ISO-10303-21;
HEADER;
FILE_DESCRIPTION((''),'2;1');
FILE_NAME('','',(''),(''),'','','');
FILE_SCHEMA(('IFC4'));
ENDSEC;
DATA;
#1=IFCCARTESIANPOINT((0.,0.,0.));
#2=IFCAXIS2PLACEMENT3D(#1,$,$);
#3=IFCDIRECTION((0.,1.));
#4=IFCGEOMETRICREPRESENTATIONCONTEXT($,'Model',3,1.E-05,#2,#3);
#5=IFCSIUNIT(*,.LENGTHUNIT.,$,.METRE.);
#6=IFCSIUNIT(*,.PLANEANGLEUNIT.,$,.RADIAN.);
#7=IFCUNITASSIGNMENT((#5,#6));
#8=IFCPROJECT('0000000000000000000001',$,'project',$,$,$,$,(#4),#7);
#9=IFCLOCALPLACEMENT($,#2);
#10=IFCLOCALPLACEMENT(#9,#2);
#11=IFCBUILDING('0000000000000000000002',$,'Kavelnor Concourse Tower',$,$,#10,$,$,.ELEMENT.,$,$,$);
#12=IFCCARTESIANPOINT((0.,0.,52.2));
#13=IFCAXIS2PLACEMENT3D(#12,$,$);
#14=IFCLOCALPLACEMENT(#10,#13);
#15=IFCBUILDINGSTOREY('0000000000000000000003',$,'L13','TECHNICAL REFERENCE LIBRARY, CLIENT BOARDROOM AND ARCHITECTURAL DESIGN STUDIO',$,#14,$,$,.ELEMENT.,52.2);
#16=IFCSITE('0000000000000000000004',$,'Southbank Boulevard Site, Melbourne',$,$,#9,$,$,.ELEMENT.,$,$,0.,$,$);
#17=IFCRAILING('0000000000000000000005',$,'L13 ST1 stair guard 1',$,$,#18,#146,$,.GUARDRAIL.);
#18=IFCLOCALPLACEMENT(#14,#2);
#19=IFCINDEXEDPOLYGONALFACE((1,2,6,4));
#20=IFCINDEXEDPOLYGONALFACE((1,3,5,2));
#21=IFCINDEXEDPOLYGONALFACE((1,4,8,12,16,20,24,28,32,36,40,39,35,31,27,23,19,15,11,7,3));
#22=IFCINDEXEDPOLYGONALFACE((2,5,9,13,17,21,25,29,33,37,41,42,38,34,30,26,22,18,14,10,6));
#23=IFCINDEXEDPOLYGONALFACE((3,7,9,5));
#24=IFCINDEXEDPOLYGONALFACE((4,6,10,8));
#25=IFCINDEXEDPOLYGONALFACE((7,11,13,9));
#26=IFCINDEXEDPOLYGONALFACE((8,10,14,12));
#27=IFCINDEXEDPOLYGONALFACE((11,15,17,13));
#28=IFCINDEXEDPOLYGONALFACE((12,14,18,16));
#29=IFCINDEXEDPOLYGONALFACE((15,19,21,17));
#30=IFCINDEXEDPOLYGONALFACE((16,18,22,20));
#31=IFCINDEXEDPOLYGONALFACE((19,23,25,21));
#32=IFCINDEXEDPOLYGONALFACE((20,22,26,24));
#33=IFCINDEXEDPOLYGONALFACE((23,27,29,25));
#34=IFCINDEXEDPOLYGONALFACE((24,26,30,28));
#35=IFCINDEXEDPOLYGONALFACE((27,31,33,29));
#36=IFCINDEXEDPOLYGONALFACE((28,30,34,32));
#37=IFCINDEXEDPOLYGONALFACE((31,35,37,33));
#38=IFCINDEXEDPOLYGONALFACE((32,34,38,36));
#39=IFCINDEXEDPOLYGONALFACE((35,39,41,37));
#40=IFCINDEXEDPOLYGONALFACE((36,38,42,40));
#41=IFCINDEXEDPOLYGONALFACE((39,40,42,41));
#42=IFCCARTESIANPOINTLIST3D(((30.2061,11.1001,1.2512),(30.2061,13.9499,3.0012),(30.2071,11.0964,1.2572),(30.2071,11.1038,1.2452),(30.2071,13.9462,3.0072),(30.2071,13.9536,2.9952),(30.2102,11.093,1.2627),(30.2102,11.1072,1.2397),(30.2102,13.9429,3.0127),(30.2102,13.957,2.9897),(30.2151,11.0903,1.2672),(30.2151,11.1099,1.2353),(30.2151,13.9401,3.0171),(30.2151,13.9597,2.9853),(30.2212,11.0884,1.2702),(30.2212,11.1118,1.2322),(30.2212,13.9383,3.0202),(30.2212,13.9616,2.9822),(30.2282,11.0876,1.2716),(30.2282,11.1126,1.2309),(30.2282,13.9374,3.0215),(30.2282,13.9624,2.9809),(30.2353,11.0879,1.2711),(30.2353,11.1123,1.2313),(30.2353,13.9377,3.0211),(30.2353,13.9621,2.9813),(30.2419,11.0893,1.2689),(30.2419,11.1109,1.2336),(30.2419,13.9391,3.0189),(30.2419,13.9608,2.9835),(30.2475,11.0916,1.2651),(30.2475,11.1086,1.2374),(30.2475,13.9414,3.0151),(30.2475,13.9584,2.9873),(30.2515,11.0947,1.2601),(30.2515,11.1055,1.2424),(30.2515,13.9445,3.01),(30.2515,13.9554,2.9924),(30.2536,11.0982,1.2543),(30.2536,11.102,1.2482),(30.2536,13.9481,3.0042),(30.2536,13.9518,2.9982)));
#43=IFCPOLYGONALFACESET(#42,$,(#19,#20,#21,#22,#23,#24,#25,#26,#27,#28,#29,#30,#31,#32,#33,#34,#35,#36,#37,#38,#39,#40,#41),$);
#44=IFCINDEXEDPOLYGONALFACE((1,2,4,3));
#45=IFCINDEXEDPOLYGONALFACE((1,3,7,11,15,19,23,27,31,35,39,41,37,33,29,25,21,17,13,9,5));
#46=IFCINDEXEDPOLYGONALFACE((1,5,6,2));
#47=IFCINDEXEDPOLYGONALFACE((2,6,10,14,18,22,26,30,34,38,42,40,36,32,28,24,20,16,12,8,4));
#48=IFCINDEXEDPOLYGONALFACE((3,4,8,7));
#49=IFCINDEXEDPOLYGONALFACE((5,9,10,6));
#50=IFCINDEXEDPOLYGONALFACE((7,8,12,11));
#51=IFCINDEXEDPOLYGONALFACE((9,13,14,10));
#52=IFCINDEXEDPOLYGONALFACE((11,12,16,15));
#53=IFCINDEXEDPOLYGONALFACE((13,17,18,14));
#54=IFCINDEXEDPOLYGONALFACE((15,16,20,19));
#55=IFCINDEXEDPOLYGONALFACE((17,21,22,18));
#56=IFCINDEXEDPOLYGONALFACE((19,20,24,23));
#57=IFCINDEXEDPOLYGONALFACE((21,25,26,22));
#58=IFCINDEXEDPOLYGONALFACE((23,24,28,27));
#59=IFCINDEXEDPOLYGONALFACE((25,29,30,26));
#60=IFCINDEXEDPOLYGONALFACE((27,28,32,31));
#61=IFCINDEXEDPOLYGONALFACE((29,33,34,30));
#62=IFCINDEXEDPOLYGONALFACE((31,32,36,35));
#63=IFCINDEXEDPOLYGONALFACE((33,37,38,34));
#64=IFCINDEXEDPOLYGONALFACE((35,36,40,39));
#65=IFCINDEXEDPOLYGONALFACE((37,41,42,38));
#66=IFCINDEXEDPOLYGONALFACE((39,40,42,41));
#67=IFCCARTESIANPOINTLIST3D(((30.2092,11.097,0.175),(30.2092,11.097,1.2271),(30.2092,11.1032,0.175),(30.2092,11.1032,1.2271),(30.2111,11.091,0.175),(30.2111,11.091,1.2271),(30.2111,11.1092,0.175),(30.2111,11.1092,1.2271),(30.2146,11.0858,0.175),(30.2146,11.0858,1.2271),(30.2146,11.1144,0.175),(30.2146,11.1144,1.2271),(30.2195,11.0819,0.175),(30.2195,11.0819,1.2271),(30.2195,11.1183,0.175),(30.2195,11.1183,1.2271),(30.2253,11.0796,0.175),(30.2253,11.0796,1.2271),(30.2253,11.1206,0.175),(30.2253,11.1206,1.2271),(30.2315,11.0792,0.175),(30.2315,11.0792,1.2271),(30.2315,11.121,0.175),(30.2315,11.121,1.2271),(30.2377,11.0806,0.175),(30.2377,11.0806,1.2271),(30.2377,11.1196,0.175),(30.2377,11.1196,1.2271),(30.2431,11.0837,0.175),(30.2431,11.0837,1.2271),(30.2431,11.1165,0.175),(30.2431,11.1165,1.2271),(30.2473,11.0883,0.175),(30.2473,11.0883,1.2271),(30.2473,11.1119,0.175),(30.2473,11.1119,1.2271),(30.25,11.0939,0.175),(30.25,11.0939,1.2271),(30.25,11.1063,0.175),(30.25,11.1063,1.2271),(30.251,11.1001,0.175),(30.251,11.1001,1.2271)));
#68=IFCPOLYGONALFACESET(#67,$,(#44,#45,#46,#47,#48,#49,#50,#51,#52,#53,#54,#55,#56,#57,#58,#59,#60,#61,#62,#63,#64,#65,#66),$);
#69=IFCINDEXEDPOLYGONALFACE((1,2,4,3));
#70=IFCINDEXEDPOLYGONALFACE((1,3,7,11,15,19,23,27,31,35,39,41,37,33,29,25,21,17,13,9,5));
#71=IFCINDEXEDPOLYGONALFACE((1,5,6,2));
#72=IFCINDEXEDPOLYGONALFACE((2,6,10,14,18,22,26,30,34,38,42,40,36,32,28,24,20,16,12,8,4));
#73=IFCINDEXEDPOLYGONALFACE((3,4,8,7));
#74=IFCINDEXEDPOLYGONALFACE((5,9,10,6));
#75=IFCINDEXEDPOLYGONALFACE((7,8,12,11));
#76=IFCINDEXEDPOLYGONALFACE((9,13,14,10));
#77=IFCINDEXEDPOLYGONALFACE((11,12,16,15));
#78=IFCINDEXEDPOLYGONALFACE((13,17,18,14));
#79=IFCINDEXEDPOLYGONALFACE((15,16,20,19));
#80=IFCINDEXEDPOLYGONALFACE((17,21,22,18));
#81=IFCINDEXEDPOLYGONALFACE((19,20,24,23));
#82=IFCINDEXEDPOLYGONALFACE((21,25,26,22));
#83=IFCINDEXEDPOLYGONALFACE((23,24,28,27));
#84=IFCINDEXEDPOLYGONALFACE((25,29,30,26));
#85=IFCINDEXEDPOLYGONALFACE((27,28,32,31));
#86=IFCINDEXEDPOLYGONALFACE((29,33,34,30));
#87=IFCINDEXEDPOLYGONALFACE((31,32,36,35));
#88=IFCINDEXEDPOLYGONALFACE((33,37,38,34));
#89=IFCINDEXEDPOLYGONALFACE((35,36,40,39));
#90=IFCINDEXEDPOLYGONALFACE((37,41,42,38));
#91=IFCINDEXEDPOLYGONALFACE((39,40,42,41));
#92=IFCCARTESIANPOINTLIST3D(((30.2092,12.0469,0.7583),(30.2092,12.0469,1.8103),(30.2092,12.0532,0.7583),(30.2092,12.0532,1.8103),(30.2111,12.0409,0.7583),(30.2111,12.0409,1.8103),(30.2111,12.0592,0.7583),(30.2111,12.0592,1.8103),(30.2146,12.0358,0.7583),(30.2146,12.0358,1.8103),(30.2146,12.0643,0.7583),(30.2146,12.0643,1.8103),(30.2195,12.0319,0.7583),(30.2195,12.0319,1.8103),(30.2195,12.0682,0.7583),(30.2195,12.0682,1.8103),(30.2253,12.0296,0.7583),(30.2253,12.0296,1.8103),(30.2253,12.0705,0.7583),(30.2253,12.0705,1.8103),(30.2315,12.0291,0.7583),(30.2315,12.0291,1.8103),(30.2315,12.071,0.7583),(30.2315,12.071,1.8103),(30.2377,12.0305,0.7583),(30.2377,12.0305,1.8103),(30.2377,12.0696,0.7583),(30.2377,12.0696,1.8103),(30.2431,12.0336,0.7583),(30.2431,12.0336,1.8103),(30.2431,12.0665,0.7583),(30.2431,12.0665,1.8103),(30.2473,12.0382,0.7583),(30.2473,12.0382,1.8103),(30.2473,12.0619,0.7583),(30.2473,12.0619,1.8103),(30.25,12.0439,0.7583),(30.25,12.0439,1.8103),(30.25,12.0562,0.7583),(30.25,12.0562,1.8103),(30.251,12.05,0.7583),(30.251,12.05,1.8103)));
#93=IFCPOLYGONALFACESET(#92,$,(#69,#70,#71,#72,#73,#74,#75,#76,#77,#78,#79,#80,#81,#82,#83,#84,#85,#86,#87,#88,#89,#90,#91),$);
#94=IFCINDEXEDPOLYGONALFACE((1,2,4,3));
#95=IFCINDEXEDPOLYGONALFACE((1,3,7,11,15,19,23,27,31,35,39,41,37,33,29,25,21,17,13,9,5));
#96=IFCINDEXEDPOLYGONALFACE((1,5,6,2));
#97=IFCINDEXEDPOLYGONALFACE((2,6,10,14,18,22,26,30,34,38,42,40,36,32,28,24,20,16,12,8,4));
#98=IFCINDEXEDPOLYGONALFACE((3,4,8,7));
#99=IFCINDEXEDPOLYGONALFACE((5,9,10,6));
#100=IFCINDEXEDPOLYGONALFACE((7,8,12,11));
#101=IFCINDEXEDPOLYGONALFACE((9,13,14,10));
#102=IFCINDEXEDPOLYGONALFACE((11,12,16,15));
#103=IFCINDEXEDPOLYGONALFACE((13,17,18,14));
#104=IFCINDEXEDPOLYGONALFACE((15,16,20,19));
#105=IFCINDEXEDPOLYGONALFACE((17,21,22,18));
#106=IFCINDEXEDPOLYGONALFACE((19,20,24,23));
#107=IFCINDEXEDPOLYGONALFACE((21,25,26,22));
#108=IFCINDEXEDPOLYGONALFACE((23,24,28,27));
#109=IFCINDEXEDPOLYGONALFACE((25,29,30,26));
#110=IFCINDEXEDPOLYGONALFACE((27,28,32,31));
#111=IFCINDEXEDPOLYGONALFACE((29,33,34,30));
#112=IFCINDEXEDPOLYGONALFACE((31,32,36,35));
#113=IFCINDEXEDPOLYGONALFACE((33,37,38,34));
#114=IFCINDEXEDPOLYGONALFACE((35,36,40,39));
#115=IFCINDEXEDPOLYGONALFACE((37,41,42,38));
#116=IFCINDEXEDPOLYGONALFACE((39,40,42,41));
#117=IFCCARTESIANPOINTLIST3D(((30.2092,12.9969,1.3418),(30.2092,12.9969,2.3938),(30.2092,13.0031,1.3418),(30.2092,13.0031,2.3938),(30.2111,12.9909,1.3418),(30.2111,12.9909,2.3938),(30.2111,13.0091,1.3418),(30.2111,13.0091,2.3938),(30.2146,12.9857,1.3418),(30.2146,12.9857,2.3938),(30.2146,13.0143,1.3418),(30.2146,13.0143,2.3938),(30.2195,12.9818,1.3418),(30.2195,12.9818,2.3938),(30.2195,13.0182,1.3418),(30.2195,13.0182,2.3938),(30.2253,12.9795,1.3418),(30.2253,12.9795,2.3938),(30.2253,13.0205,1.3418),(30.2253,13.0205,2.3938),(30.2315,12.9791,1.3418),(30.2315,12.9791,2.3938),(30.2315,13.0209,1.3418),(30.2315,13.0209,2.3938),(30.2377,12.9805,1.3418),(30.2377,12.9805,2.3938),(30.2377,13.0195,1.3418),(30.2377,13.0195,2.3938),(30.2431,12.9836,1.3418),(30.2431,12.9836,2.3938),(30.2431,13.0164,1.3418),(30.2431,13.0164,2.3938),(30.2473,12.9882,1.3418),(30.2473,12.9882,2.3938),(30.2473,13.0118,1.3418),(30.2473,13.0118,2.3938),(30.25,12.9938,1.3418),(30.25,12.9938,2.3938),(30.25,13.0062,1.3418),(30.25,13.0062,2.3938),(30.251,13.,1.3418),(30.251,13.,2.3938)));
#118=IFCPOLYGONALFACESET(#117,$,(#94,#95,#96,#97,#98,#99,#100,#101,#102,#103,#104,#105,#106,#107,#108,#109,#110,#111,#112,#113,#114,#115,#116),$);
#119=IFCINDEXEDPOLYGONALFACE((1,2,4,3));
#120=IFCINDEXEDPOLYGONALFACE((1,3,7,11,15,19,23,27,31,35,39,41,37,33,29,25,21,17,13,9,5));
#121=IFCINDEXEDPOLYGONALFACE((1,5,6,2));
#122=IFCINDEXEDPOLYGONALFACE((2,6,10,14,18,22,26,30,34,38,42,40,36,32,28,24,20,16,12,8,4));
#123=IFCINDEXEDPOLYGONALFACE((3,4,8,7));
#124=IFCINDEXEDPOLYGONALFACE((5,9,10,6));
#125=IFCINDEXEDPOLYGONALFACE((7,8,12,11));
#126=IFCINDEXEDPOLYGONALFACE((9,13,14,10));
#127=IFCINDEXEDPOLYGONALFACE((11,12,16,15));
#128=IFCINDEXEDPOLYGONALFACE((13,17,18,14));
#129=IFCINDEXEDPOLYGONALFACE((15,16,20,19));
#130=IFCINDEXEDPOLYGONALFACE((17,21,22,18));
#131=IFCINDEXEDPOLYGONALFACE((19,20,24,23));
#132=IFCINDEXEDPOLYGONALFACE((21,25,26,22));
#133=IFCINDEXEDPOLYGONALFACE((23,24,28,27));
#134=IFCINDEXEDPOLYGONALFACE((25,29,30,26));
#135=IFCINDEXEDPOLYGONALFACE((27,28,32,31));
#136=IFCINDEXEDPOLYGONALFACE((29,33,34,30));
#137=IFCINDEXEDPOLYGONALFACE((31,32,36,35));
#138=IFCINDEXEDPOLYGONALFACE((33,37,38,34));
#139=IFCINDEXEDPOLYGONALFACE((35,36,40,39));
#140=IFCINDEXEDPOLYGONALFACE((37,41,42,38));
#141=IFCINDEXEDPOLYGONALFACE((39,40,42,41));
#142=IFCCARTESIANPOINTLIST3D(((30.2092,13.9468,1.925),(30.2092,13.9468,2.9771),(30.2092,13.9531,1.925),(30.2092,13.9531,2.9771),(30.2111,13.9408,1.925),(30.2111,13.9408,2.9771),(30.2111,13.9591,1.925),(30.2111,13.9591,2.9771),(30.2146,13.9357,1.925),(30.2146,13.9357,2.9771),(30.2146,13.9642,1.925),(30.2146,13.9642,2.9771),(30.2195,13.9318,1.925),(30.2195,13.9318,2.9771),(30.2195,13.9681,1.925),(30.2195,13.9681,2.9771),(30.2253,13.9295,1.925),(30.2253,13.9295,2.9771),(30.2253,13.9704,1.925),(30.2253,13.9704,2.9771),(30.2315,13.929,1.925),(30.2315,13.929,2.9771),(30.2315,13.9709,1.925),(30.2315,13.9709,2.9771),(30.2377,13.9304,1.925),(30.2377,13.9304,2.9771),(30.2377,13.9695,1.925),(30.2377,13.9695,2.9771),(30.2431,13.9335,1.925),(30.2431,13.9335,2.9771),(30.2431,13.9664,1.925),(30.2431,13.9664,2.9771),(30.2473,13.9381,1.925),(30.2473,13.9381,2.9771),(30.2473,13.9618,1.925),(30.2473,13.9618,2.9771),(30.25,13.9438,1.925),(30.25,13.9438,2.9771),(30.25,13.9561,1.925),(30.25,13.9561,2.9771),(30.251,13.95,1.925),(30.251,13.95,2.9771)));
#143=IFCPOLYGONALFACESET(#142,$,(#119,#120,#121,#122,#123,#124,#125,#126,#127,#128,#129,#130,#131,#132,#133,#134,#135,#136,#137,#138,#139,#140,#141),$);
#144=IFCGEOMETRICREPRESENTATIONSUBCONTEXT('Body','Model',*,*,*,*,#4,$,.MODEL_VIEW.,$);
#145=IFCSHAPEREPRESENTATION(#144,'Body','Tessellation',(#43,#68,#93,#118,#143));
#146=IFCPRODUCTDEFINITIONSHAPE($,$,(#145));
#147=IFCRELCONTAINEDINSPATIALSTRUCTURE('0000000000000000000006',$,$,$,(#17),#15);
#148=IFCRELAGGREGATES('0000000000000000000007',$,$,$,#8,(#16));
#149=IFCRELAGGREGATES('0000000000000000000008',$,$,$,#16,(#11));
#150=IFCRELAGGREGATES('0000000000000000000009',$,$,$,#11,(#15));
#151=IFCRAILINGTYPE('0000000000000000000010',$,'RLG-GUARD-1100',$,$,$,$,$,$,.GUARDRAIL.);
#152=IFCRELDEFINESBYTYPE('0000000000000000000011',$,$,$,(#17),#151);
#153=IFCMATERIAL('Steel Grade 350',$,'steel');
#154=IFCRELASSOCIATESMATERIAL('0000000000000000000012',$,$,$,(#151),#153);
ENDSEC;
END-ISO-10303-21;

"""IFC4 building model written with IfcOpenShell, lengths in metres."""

from ifc_helpers import new_model, si_unit, direction, frame, origin, origin_2d, place, context, subcontext, project, spatial, circle, extrude, material, type_object, element, save


model = new_model("IFC4")

# Units and contexts
model_context = context("Model", 3, precision=1e-05, world=origin(), true_north=direction((0.0, 1.0)))
body_context = subcontext(model_context, "Body", "Model", "MODEL_VIEW")
ifc_project = project(units=[si_unit("LENGTHUNIT", "METRE"), si_unit("PLANEANGLEUNIT", "RADIAN")], contexts=[model_context])

# Site, building, storey
site_placement = place(None, origin())
site = spatial("IfcSite", under=ifc_project, at=site_placement, Name="Southbank Boulevard Site, Melbourne", CompositionType="ELEMENT", RefElevation=0.0)
building_placement = place(site_placement, origin())
building = spatial("IfcBuilding", under=site, at=building_placement, Name="Kavelnor Concourse Tower", CompositionType="ELEMENT")
storey_placement = place(building_placement, frame((0.0, 0.0, 52.2)))
storey = spatial("IfcBuildingStorey", under=building, at=storey_placement, Name="L13", Description="TECHNICAL REFERENCE LIBRARY, CLIENT BOARDROOM AND ARCHITECTURAL DESIGN STUDIO", CompositionType="ELEMENT", Elevation=52.2)

# Shared definitions
ifc_material_1 = material(Name="Steel Grade 350", Category="steel")

# Railing
railing_type_1 = type_object("IfcRailingType", Name="RLG-GUARD-1100", PredefinedType="GUARDRAIL", material=ifc_material_1)
railing_1_placement = place(storey_placement, frame((30.23, 11.1001, 0.175)))
element("IfcRailing", 1, at=railing_1_placement, inside=storey, type_object=railing_type_1, Name="L13 ST1 stair guard 1", PredefinedType="GUARDRAIL", context=body_context, shape_type="SweptSolid", body=[
    extrude(circle(Radius=0.0239, at=origin_2d()), frame((0.0, 0.0, 1.0762), z_axis=(0.0, 0.852159, 0.523283), x_axis=(-1.0, 0.0, 0.0)), (0.0, 0.0, 1.0), 3.3442),
    extrude(circle(Radius=0.021, at=origin_2d()), origin(), (0.0, 0.0, 1.0), 1.052),
    extrude(circle(Radius=0.021, at=origin_2d()), frame((0.0, 0.95, 0.5833)), (0.0, 0.0, 1.0), 1.052),
    extrude(circle(Radius=0.021, at=origin_2d()), frame((0.0, 1.8999, 1.1667)), (0.0, 0.0, 1.0), 1.052),
    extrude(circle(Radius=0.021, at=origin_2d()), frame((0.0, 2.8499, 1.75)), (0.0, 0.0, 1.0), 1.052),
])

save(model, "model.ifc")
